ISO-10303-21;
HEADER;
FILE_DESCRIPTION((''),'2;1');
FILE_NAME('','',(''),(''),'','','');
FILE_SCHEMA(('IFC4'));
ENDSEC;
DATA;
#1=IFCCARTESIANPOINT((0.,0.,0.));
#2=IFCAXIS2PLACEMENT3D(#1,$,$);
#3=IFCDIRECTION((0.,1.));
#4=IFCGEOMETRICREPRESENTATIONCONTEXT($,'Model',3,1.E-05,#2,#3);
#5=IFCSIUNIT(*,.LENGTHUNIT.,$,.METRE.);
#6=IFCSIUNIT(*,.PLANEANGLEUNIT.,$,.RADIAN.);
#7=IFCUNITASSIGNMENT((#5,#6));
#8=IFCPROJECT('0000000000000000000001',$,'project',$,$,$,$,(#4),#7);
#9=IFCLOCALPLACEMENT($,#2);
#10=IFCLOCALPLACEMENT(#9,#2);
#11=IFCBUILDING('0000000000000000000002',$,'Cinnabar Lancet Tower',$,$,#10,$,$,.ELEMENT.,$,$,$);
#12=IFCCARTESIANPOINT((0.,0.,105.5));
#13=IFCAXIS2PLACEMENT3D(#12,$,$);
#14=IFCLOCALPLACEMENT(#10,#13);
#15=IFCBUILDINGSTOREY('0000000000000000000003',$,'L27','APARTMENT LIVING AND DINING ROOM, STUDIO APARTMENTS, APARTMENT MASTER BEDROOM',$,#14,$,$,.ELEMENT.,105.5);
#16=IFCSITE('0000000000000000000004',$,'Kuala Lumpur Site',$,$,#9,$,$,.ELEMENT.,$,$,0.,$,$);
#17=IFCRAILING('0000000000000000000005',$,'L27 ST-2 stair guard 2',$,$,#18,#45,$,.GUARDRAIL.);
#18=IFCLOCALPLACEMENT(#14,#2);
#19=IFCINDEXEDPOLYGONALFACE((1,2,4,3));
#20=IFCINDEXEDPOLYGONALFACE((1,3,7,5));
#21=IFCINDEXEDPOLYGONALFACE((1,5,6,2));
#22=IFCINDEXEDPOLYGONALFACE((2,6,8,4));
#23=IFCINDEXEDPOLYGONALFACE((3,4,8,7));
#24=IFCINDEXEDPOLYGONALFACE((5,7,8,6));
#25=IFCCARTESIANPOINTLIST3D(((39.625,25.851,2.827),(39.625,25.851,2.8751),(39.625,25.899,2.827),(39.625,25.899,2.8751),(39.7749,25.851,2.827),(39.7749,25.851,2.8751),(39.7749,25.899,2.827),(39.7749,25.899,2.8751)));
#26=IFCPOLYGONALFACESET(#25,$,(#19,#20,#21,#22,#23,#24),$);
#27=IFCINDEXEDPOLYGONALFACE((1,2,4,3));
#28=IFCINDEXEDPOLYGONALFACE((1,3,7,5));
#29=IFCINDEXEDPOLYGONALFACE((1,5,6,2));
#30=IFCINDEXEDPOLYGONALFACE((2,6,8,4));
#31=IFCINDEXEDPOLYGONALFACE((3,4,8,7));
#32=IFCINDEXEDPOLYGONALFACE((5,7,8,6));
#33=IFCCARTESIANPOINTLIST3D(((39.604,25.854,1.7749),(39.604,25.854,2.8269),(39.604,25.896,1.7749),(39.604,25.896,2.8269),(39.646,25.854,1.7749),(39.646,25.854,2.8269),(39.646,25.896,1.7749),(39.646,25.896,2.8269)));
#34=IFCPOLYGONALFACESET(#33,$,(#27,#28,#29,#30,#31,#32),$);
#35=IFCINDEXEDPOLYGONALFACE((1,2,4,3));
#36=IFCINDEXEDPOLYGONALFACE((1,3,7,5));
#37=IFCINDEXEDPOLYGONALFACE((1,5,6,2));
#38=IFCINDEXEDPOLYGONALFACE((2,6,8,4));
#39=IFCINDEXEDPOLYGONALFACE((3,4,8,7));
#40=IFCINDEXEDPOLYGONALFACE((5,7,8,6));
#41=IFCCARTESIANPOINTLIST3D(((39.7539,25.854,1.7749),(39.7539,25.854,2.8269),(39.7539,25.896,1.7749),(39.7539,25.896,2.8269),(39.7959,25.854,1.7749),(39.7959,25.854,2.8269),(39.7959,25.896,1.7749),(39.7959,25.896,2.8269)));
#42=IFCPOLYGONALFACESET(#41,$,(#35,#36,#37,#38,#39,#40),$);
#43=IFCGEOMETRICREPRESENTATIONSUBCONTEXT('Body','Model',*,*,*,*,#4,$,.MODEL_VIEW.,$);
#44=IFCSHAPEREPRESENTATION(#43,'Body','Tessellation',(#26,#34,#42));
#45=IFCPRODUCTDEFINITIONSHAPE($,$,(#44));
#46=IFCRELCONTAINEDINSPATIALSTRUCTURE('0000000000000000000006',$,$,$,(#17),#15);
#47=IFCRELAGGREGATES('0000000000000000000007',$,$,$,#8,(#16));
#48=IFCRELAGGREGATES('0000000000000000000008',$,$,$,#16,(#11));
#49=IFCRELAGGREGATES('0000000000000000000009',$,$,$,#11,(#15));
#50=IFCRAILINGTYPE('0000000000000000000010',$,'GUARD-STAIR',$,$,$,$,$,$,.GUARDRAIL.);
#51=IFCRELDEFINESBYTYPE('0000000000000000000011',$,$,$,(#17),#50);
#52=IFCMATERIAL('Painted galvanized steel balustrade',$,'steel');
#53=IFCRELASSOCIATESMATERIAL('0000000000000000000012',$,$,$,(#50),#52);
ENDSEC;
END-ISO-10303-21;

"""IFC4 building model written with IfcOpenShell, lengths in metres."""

from ifc_helpers import new_model, si_unit, direction, frame, origin, origin_2d, place, context, subcontext, project, spatial, rectangle, extrude, material, type_object, element, save


model = new_model("IFC4")

# Units and contexts
model_context = context("Model", 3, precision=1e-05, world=origin(), true_north=direction((0.0, 1.0)))
body_context = subcontext(model_context, "Body", "Model", "MODEL_VIEW")
ifc_project = project(units=[si_unit("LENGTHUNIT", "METRE"), si_unit("PLANEANGLEUNIT", "RADIAN")], contexts=[model_context])

# Site, building, storey
site_placement = place(None, origin())
site = spatial("IfcSite", under=ifc_project, at=site_placement, Name="Kuala Lumpur Site", CompositionType="ELEMENT", RefElevation=0.0)
building_placement = place(site_placement, origin())
building = spatial("IfcBuilding", under=site, at=building_placement, Name="Cinnabar Lancet Tower", CompositionType="ELEMENT")
storey_placement = place(building_placement, frame((0.0, 0.0, 105.5)))
storey = spatial("IfcBuildingStorey", under=building, at=storey_placement, Name="L27", Description="APARTMENT LIVING AND DINING ROOM, STUDIO APARTMENTS, APARTMENT MASTER BEDROOM", CompositionType="ELEMENT", Elevation=105.5)

# Railing
ifc_material_1 = material(Name="Painted galvanized steel balustrade", Category="steel")
railing_type = type_object("IfcRailingType", Name="GUARD-STAIR", PredefinedType="GUARDRAIL", material=ifc_material_1)
railing_placement = place(storey_placement, frame((39.625, 25.875, 1.7749)))
element("IfcRailing", 1, at=railing_placement, inside=storey, type_object=railing_type, Name="L27 ST-2 stair guard 2", PredefinedType="GUARDRAIL", context=body_context, shape_type="SweptSolid", body=[
    extrude(rectangle(XDim=0.0481, YDim=0.0481, at=origin_2d()), frame((0.0, 0.0, 1.0762), z_axis=(1.0, 0.0, 0.0), x_axis=(0.0, 1.0, 0.0)), (0.0, 0.0, 1.0), 0.1499),
    extrude(rectangle(XDim=0.042, YDim=0.042, at=origin_2d()), origin(), (0.0, 0.0, 1.0), 1.052),
    extrude(rectangle(XDim=0.042, YDim=0.042, at=origin_2d()), frame((0.1499, 0.0, 0.0)), (0.0, 0.0, 1.0), 1.052),
])

save(model, "model.ifc")
